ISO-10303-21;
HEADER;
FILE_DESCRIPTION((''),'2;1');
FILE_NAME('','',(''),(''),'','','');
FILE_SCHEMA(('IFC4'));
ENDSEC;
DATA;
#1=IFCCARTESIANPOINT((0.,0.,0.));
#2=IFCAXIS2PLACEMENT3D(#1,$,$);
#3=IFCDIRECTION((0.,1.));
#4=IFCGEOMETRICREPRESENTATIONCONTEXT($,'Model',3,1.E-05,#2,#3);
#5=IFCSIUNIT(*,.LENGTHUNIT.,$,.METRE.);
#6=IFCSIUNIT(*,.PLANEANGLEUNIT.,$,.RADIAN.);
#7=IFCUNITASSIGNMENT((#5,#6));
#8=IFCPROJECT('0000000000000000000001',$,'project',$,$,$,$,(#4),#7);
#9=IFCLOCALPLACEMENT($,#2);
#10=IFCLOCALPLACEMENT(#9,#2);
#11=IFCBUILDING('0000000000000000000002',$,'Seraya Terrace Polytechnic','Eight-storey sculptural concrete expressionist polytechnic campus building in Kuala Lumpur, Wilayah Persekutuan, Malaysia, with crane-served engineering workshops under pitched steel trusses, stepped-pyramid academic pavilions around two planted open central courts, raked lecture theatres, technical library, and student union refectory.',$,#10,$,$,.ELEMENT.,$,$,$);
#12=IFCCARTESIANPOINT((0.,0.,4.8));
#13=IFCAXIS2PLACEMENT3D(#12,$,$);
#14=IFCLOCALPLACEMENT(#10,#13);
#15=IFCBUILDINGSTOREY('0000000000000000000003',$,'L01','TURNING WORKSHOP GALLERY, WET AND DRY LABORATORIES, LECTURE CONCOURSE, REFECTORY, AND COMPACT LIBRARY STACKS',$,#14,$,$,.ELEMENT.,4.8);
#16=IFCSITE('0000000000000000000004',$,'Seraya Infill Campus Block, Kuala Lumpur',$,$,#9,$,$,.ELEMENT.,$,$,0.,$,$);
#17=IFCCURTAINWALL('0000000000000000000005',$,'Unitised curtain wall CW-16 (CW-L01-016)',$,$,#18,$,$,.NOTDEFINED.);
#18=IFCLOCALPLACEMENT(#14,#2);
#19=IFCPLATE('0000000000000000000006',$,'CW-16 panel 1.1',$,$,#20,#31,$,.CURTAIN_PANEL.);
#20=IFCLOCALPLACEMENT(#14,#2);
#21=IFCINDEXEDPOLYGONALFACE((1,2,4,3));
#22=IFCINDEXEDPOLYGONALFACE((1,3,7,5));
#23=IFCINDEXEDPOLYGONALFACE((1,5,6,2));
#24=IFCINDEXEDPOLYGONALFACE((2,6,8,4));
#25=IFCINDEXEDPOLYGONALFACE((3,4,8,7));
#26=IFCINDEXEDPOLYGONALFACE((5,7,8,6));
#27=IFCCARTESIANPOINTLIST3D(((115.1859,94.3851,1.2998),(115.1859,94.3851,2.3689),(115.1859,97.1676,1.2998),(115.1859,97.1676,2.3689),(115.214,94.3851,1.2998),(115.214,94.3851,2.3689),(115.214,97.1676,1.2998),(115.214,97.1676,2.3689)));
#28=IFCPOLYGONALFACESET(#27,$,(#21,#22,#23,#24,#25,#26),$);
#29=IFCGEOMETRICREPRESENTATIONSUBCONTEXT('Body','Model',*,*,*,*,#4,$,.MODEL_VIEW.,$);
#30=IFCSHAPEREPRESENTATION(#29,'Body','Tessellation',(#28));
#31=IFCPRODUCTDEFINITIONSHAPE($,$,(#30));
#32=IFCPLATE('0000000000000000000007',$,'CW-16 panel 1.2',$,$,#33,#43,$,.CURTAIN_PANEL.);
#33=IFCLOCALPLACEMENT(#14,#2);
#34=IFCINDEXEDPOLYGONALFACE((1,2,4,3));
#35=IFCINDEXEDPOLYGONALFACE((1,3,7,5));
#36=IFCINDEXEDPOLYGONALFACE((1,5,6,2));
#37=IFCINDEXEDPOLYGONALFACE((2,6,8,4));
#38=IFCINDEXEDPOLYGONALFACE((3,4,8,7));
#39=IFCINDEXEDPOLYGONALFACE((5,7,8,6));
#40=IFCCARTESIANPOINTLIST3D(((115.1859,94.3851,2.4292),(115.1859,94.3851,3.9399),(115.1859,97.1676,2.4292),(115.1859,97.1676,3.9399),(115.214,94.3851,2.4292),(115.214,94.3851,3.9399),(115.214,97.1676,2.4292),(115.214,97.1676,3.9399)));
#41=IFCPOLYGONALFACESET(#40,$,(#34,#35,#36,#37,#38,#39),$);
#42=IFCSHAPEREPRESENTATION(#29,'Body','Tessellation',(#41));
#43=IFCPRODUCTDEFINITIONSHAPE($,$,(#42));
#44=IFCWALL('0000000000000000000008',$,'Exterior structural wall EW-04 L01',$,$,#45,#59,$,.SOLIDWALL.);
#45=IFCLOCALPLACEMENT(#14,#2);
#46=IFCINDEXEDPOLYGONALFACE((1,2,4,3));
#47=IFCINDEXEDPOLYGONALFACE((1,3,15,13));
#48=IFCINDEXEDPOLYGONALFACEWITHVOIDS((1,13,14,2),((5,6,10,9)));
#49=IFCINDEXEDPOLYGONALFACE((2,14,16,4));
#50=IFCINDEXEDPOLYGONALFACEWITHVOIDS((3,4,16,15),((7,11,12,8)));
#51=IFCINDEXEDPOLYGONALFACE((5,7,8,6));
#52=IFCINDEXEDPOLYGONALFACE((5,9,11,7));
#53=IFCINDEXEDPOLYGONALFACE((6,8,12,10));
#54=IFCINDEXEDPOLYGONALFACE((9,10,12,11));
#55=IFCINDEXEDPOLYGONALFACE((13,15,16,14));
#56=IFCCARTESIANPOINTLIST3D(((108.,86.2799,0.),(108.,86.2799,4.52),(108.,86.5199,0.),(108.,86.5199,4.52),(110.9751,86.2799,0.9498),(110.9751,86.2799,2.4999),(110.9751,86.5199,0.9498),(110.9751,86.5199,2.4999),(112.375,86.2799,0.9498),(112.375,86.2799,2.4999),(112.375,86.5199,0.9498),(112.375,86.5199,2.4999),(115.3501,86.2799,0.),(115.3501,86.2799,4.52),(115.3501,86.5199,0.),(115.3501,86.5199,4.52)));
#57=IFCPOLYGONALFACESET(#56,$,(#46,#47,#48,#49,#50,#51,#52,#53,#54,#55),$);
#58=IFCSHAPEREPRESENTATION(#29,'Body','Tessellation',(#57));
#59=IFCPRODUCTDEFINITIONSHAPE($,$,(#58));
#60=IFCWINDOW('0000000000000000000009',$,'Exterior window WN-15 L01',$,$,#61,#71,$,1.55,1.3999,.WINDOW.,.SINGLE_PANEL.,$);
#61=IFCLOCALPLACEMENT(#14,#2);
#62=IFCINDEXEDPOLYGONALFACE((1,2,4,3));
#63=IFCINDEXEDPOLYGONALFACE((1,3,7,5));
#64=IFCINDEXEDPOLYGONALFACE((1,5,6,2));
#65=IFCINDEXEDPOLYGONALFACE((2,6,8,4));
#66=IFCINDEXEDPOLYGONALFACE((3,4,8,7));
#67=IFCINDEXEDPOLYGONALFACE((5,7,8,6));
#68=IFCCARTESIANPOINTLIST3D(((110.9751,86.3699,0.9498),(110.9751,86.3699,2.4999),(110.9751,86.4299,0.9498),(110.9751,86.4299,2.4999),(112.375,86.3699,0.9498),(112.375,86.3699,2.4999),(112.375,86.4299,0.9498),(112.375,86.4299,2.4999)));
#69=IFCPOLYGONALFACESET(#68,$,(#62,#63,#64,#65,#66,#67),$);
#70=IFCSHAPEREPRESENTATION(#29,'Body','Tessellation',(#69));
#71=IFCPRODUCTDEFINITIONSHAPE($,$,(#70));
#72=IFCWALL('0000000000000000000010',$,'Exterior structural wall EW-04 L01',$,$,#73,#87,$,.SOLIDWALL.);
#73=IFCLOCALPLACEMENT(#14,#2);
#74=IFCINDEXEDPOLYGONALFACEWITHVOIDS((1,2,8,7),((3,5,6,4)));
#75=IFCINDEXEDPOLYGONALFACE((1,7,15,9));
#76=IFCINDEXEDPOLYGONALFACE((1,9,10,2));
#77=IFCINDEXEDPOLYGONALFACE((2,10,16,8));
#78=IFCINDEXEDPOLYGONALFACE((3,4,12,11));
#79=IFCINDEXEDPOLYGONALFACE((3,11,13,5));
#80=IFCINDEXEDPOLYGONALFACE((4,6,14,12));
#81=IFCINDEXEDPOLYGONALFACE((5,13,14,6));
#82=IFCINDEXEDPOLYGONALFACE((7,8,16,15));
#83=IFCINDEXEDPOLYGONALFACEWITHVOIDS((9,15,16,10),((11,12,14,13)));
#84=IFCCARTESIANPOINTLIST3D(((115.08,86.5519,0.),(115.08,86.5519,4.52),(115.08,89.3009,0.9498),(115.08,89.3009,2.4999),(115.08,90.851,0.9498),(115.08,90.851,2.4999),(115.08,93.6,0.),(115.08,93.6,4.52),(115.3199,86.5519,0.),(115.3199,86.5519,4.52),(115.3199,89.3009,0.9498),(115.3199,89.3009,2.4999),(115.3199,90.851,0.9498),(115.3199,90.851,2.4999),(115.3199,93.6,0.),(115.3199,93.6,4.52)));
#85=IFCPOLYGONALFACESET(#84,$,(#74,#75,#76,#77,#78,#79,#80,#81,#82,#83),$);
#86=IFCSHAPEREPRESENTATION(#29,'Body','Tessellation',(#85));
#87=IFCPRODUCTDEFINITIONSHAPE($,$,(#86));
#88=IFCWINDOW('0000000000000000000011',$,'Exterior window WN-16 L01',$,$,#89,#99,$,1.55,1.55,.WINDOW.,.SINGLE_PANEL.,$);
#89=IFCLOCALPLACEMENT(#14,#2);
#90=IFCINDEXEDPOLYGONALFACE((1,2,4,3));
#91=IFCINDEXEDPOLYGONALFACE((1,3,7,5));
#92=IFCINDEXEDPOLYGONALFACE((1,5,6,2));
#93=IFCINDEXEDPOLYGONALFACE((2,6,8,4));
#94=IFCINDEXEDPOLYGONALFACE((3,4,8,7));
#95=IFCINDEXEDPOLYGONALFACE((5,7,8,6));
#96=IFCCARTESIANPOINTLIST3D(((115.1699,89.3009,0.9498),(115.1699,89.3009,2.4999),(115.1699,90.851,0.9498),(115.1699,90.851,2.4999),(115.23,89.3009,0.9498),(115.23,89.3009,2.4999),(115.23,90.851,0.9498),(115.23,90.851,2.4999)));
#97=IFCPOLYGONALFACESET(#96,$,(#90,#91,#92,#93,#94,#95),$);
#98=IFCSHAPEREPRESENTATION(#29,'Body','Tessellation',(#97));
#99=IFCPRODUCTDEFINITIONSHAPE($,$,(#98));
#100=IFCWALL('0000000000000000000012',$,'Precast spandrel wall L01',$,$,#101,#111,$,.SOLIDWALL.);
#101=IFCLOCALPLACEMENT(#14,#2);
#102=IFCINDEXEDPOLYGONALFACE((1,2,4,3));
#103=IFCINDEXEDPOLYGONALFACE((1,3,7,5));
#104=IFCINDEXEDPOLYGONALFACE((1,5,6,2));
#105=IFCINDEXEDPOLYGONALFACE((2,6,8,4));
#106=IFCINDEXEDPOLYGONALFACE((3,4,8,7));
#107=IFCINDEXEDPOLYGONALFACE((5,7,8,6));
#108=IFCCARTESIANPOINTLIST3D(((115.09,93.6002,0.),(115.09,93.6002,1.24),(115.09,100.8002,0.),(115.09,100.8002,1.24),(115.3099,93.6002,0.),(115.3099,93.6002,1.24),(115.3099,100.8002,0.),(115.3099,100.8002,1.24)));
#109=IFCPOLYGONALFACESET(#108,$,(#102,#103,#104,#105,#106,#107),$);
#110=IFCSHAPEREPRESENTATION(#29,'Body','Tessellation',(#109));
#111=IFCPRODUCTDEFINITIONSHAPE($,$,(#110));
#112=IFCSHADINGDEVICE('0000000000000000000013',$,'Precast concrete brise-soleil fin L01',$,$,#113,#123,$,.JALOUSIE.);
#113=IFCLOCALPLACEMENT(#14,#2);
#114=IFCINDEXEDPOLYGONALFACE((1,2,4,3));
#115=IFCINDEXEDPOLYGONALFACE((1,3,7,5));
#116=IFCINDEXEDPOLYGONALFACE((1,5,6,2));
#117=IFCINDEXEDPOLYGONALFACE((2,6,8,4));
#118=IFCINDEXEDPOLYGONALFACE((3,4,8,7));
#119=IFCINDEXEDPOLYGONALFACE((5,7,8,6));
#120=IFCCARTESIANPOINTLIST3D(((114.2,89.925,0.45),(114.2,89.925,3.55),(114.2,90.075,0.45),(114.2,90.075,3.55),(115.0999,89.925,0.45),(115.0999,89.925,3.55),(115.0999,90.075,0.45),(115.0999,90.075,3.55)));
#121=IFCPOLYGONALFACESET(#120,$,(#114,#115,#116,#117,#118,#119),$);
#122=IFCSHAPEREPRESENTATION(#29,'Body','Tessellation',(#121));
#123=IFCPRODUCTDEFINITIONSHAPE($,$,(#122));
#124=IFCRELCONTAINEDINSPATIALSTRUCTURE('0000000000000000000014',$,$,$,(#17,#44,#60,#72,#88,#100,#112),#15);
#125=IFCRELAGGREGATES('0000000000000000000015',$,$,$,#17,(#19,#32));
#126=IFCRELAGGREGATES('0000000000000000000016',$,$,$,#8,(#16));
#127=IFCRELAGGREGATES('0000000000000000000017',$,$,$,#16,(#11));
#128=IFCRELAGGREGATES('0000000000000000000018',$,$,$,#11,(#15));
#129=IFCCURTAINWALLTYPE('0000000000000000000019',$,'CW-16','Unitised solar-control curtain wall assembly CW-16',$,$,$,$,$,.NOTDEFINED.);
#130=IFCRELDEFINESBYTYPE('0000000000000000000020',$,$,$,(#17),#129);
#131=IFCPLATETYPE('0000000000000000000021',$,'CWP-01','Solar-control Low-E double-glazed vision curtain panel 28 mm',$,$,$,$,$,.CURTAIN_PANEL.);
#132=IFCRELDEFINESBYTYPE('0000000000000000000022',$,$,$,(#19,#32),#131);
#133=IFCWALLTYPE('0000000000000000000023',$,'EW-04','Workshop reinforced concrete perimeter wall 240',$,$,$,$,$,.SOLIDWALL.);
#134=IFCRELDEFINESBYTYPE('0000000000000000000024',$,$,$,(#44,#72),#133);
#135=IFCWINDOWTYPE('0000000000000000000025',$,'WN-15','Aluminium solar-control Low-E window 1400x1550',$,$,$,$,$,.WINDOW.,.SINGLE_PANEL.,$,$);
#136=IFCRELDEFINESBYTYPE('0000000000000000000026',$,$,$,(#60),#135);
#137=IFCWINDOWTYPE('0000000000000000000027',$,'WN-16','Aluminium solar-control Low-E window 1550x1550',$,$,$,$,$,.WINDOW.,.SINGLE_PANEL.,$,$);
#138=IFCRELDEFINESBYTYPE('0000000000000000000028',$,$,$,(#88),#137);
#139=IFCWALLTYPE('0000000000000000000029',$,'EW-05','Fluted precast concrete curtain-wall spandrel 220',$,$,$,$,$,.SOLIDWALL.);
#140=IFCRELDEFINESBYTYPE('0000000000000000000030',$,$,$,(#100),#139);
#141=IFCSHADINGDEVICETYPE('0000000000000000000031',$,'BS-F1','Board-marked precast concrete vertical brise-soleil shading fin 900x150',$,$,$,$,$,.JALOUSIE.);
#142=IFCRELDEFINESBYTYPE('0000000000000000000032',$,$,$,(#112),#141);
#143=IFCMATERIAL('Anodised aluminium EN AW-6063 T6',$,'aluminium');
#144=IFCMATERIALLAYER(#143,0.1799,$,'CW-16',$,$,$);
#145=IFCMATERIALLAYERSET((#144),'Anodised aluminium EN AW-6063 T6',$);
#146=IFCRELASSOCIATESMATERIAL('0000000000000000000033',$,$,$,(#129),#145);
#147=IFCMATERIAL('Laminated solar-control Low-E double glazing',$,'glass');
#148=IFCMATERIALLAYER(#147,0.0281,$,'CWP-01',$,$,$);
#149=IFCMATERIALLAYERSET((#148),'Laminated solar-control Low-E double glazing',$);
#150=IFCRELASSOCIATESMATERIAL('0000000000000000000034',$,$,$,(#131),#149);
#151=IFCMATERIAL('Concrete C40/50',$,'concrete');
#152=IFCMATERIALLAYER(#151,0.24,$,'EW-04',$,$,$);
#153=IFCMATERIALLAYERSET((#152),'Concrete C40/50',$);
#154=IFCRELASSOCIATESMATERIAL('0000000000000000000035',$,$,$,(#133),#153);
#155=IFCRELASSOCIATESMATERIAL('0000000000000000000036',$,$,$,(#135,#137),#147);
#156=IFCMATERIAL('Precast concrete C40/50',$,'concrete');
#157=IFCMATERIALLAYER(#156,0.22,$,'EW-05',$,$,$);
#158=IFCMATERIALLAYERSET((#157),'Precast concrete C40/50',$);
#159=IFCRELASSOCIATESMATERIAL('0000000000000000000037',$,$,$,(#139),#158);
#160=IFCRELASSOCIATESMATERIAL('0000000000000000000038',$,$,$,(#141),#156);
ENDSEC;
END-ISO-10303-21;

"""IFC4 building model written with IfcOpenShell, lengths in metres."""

from ifc_helpers import new_model, si_unit, direction, frame, frame_2d, origin, origin_2d, place, context, subcontext, project, spatial, rectangle, extrude, material, layer, layer_set, type_object, element, fill, aggregate, save


model = new_model("IFC4")

# Units and contexts
model_context = context("Model", 3, precision=1e-05, world=origin(), true_north=direction((0.0, 1.0)))
body_context = subcontext(model_context, "Body", "Model", "MODEL_VIEW")
ifc_project = project(units=[si_unit("LENGTHUNIT", "METRE"), si_unit("PLANEANGLEUNIT", "RADIAN")], contexts=[model_context])

# Site, building, storey
site_placement = place(None, origin())
site = spatial("IfcSite", under=ifc_project, at=site_placement, Name="Seraya Infill Campus Block, Kuala Lumpur", CompositionType="ELEMENT", RefElevation=0.0)
building_placement = place(site_placement, origin())
building = spatial("IfcBuilding", under=site, at=building_placement, Name="Seraya Terrace Polytechnic", Description="Eight-storey sculptural concrete expressionist polytechnic campus building in Kuala Lumpur, Wilayah Persekutuan, Malaysia, with crane-served engineering workshops under pitched steel trusses, stepped-pyramid academic pavilions around two planted open central courts, raked lecture theatres, technical library, and student union refectory.", CompositionType="ELEMENT")
storey_placement = place(building_placement, frame((0.0, 0.0, 4.8)))
storey = spatial("IfcBuildingStorey", under=building, at=storey_placement, Name="L01", Description="TURNING WORKSHOP GALLERY, WET AND DRY LABORATORIES, LECTURE CONCOURSE, REFECTORY, AND COMPACT LIBRARY STACKS", CompositionType="ELEMENT", Elevation=4.8)

# Shared definitions
ifc_material_1 = material(Name="Concrete C40/50", Category="concrete")

# Curtain wall, plates
ifc_material_2 = material(Name="Anodised aluminium EN AW-6063 T6", Category="aluminium")
ifc_layer_1 = layer(ifc_material_2, 0.1799, Name="CW-16")
ifc_layer_set_1 = layer_set([ifc_layer_1], Name="Anodised aluminium EN AW-6063 T6")
curtain_wall_type = type_object("IfcCurtainWallType", Name="CW-16", Description="Unitised solar-control curtain wall assembly CW-16", PredefinedType="NOTDEFINED", material=ifc_layer_set_1)
curtain_wall_placement = place(storey_placement, origin())
curtain_wall = element("IfcCurtainWall", 1, at=curtain_wall_placement, inside=storey, type_object=curtain_wall_type, Name="Unitised curtain wall CW-16 (CW-L01-016)", PredefinedType="NOTDEFINED")
ifc_material_3 = material(Name="Laminated solar-control Low-E double glazing", Category="glass")
ifc_layer_2 = layer(ifc_material_3, 0.0281, Name="CWP-01")
ifc_layer_set_2 = layer_set([ifc_layer_2], Name="Laminated solar-control Low-E double glazing")
plate_type = type_object("IfcPlateType", Name="CWP-01", Description="Solar-control Low-E double-glazed vision curtain panel 28 mm", PredefinedType="CURTAIN_PANEL", material=ifc_layer_set_2)
plate_1_placement = place(storey_placement, frame((115.2, 95.7764, 1.2998), z_axis=(0.0, 0.0, 1.0), x_axis=(0.0, 1.0, 0.0)))
plate_1 = element("IfcPlate", 2, at=plate_1_placement, type_object=plate_type, Name="CW-16 panel 1.1", PredefinedType="CURTAIN_PANEL", context=body_context, shape_type="SweptSolid", body=[
    extrude(rectangle(XDim=2.7825, YDim=0.0281, at=origin_2d()), origin(), (0.0, 0.0, 1.0), 1.0691),
])
plate_2_placement = place(storey_placement, frame((115.2, 95.7764, 2.4292), z_axis=(0.0, 0.0, 1.0), x_axis=(0.0, 1.0, 0.0)))
plate_2 = element("IfcPlate", 3, at=plate_2_placement, type_object=plate_type, Name="CW-16 panel 1.2", PredefinedType="CURTAIN_PANEL", context=body_context, shape_type="SweptSolid", body=[
    extrude(rectangle(XDim=2.7825, YDim=0.0281, at=origin_2d()), origin(), (0.0, 0.0, 1.0), 1.5107),
])
aggregate(curtain_wall, [plate_1, plate_2])

# Walls, openings, windows
ifc_layer_3 = layer(ifc_material_1, 0.24, Name="EW-04")
ifc_layer_set_3 = layer_set([ifc_layer_3], Name="Concrete C40/50")
wall_type_1 = type_object("IfcWallType", Name="EW-04", Description="Workshop reinforced concrete perimeter wall 240", PredefinedType="SOLIDWALL", material=ifc_layer_set_3)
wall_1_placement = place(storey_placement, frame((108.0, 86.3999, 0.0), z_axis=(0.0, 0.0, 1.0), x_axis=(1.0, 0.0, 0.0)))
wall_1 = element("IfcWall", 4, at=wall_1_placement, inside=storey, type_object=wall_type_1, Name="Exterior structural wall EW-04 L01", PredefinedType="SOLIDWALL", context=body_context, shape_type="SweptSolid", body=[
    extrude(rectangle(XDim=7.3501, YDim=0.24, at=frame_2d((3.675, 0.0))), origin(), (0.0, 0.0, 1.0), 4.52),
])
opening_1_placement = place(wall_1_placement, frame((2.9751, 0.0, 0.95)))
opening_1 = element("IfcOpeningElement", 5, at=opening_1_placement, cuts=wall_1, PredefinedType="OPENING", context=body_context, shape_type="SweptSolid", body=[
    extrude(rectangle(XDim=1.3999, YDim=1.55, at=frame_2d((0.7, 0.7749))), frame((0.0, 0.1318, 0.0), z_axis=(0.0, -1.0, 0.0), x_axis=(1.0, 0.0, 0.0)), (0.0, 0.0, 1.0), 0.2639),
])
window_type_1 = type_object("IfcWindowType", Name="WN-15", Description="Aluminium solar-control Low-E window 1400x1550", PartitioningType="SINGLE_PANEL", PredefinedType="WINDOW", material=ifc_material_3)
window_1_placement = place(opening_1_placement, origin())
window_1 = element("IfcWindow", 6, at=window_1_placement, inside=storey, type_object=window_type_1, Name="Exterior window WN-15 L01", OverallHeight=1.55, OverallWidth=1.3999, PartitioningType="SINGLE_PANEL", PredefinedType="WINDOW", context=body_context, shape_type="SweptSolid", body=[
    extrude(rectangle(XDim=1.3999, YDim=1.55, at=frame_2d((0.7, 0.7749))), frame((0.0, 0.03, 0.0), z_axis=(0.0, -1.0, 0.0), x_axis=(1.0, 0.0, 0.0)), (0.0, 0.0, 1.0), 0.0601),
])
fill(opening_1, window_1)
wall_2_placement = place(storey_placement, frame((115.2, 86.552, 0.0), z_axis=(0.0, 0.0, 1.0), x_axis=(0.0, 1.0, 0.0)))
wall_2 = element("IfcWall", 7, at=wall_2_placement, inside=storey, type_object=wall_type_1, Name="Exterior structural wall EW-04 L01", PredefinedType="SOLIDWALL", context=body_context, shape_type="SweptSolid", body=[
    extrude(rectangle(XDim=7.0481, YDim=0.24, at=frame_2d((3.5239, 0.0))), origin(), (0.0, 0.0, 1.0), 4.52),
])
opening_2_placement = place(wall_2_placement, frame((2.749, 0.0, 0.95)))
opening_2 = element("IfcOpeningElement", 8, at=opening_2_placement, cuts=wall_2, PredefinedType="OPENING", context=body_context, shape_type="SweptSolid", body=[
    extrude(rectangle(XDim=1.55, YDim=1.55, at=frame_2d((0.7749, 0.7749))), frame((0.0, 0.1318, 0.0), z_axis=(0.0, -1.0, 0.0), x_axis=(1.0, 0.0, 0.0)), (0.0, 0.0, 1.0), 0.2639),
])
window_type_2 = type_object("IfcWindowType", Name="WN-16", Description="Aluminium solar-control Low-E window 1550x1550", PartitioningType="SINGLE_PANEL", PredefinedType="WINDOW", material=ifc_material_3)
window_2_placement = place(opening_2_placement, origin())
window_2 = element("IfcWindow", 9, at=window_2_placement, inside=storey, type_object=window_type_2, Name="Exterior window WN-16 L01", OverallHeight=1.55, OverallWidth=1.55, PartitioningType="SINGLE_PANEL", PredefinedType="WINDOW", context=body_context, shape_type="SweptSolid", body=[
    extrude(rectangle(XDim=1.55, YDim=1.55, at=frame_2d((0.7749, 0.7749))), frame((0.0, 0.03, 0.0), z_axis=(0.0, -1.0, 0.0), x_axis=(1.0, 0.0, 0.0)), (0.0, 0.0, 1.0), 0.0601),
])
fill(opening_2, window_2)

# Wall
ifc_material_4 = material(Name="Precast concrete C40/50", Category="concrete")
ifc_layer_4 = layer(ifc_material_4, 0.22, Name="EW-05")
ifc_layer_set_4 = layer_set([ifc_layer_4], Name="Precast concrete C40/50")
wall_type_2 = type_object("IfcWallType", Name="EW-05", Description="Fluted precast concrete curtain-wall spandrel 220", PredefinedType="SOLIDWALL", material=ifc_layer_set_4)
wall_3_placement = place(storey_placement, frame((115.2, 93.6001, 0.0), z_axis=(0.0, 0.0, 1.0), x_axis=(0.0, 1.0, 0.0)))
element("IfcWall", 10, at=wall_3_placement, inside=storey, type_object=wall_type_2, Name="Precast spandrel wall L01", PredefinedType="SOLIDWALL", context=body_context, shape_type="SweptSolid", body=[
    extrude(rectangle(XDim=7.2, YDim=0.22, at=frame_2d((3.6001, 0.0))), origin(), (0.0, 0.0, 1.0), 1.24),
])

# Shading device
shading_device_type = type_object("IfcShadingDeviceType", Name="BS-F1", Description="Board-marked precast concrete vertical brise-soleil shading fin 900x150", PredefinedType="JALOUSIE", material=ifc_material_4)
shading_device_placement = place(storey_placement, frame((114.6499, 90.0, 0.45), z_axis=(0.0, 0.0, 1.0), x_axis=(-1.0, 0.0, 0.0)))
element("IfcShadingDevice", 11, at=shading_device_placement, inside=storey, type_object=shading_device_type, Name="Precast concrete brise-soleil fin L01", PredefinedType="JALOUSIE", context=body_context, shape_type="SweptSolid", body=[
    extrude(rectangle(XDim=0.8999, YDim=0.1499, at=origin_2d()), origin(), (0.0, 0.0, 1.0), 3.1001),
])

save(model, "model.ifc")
